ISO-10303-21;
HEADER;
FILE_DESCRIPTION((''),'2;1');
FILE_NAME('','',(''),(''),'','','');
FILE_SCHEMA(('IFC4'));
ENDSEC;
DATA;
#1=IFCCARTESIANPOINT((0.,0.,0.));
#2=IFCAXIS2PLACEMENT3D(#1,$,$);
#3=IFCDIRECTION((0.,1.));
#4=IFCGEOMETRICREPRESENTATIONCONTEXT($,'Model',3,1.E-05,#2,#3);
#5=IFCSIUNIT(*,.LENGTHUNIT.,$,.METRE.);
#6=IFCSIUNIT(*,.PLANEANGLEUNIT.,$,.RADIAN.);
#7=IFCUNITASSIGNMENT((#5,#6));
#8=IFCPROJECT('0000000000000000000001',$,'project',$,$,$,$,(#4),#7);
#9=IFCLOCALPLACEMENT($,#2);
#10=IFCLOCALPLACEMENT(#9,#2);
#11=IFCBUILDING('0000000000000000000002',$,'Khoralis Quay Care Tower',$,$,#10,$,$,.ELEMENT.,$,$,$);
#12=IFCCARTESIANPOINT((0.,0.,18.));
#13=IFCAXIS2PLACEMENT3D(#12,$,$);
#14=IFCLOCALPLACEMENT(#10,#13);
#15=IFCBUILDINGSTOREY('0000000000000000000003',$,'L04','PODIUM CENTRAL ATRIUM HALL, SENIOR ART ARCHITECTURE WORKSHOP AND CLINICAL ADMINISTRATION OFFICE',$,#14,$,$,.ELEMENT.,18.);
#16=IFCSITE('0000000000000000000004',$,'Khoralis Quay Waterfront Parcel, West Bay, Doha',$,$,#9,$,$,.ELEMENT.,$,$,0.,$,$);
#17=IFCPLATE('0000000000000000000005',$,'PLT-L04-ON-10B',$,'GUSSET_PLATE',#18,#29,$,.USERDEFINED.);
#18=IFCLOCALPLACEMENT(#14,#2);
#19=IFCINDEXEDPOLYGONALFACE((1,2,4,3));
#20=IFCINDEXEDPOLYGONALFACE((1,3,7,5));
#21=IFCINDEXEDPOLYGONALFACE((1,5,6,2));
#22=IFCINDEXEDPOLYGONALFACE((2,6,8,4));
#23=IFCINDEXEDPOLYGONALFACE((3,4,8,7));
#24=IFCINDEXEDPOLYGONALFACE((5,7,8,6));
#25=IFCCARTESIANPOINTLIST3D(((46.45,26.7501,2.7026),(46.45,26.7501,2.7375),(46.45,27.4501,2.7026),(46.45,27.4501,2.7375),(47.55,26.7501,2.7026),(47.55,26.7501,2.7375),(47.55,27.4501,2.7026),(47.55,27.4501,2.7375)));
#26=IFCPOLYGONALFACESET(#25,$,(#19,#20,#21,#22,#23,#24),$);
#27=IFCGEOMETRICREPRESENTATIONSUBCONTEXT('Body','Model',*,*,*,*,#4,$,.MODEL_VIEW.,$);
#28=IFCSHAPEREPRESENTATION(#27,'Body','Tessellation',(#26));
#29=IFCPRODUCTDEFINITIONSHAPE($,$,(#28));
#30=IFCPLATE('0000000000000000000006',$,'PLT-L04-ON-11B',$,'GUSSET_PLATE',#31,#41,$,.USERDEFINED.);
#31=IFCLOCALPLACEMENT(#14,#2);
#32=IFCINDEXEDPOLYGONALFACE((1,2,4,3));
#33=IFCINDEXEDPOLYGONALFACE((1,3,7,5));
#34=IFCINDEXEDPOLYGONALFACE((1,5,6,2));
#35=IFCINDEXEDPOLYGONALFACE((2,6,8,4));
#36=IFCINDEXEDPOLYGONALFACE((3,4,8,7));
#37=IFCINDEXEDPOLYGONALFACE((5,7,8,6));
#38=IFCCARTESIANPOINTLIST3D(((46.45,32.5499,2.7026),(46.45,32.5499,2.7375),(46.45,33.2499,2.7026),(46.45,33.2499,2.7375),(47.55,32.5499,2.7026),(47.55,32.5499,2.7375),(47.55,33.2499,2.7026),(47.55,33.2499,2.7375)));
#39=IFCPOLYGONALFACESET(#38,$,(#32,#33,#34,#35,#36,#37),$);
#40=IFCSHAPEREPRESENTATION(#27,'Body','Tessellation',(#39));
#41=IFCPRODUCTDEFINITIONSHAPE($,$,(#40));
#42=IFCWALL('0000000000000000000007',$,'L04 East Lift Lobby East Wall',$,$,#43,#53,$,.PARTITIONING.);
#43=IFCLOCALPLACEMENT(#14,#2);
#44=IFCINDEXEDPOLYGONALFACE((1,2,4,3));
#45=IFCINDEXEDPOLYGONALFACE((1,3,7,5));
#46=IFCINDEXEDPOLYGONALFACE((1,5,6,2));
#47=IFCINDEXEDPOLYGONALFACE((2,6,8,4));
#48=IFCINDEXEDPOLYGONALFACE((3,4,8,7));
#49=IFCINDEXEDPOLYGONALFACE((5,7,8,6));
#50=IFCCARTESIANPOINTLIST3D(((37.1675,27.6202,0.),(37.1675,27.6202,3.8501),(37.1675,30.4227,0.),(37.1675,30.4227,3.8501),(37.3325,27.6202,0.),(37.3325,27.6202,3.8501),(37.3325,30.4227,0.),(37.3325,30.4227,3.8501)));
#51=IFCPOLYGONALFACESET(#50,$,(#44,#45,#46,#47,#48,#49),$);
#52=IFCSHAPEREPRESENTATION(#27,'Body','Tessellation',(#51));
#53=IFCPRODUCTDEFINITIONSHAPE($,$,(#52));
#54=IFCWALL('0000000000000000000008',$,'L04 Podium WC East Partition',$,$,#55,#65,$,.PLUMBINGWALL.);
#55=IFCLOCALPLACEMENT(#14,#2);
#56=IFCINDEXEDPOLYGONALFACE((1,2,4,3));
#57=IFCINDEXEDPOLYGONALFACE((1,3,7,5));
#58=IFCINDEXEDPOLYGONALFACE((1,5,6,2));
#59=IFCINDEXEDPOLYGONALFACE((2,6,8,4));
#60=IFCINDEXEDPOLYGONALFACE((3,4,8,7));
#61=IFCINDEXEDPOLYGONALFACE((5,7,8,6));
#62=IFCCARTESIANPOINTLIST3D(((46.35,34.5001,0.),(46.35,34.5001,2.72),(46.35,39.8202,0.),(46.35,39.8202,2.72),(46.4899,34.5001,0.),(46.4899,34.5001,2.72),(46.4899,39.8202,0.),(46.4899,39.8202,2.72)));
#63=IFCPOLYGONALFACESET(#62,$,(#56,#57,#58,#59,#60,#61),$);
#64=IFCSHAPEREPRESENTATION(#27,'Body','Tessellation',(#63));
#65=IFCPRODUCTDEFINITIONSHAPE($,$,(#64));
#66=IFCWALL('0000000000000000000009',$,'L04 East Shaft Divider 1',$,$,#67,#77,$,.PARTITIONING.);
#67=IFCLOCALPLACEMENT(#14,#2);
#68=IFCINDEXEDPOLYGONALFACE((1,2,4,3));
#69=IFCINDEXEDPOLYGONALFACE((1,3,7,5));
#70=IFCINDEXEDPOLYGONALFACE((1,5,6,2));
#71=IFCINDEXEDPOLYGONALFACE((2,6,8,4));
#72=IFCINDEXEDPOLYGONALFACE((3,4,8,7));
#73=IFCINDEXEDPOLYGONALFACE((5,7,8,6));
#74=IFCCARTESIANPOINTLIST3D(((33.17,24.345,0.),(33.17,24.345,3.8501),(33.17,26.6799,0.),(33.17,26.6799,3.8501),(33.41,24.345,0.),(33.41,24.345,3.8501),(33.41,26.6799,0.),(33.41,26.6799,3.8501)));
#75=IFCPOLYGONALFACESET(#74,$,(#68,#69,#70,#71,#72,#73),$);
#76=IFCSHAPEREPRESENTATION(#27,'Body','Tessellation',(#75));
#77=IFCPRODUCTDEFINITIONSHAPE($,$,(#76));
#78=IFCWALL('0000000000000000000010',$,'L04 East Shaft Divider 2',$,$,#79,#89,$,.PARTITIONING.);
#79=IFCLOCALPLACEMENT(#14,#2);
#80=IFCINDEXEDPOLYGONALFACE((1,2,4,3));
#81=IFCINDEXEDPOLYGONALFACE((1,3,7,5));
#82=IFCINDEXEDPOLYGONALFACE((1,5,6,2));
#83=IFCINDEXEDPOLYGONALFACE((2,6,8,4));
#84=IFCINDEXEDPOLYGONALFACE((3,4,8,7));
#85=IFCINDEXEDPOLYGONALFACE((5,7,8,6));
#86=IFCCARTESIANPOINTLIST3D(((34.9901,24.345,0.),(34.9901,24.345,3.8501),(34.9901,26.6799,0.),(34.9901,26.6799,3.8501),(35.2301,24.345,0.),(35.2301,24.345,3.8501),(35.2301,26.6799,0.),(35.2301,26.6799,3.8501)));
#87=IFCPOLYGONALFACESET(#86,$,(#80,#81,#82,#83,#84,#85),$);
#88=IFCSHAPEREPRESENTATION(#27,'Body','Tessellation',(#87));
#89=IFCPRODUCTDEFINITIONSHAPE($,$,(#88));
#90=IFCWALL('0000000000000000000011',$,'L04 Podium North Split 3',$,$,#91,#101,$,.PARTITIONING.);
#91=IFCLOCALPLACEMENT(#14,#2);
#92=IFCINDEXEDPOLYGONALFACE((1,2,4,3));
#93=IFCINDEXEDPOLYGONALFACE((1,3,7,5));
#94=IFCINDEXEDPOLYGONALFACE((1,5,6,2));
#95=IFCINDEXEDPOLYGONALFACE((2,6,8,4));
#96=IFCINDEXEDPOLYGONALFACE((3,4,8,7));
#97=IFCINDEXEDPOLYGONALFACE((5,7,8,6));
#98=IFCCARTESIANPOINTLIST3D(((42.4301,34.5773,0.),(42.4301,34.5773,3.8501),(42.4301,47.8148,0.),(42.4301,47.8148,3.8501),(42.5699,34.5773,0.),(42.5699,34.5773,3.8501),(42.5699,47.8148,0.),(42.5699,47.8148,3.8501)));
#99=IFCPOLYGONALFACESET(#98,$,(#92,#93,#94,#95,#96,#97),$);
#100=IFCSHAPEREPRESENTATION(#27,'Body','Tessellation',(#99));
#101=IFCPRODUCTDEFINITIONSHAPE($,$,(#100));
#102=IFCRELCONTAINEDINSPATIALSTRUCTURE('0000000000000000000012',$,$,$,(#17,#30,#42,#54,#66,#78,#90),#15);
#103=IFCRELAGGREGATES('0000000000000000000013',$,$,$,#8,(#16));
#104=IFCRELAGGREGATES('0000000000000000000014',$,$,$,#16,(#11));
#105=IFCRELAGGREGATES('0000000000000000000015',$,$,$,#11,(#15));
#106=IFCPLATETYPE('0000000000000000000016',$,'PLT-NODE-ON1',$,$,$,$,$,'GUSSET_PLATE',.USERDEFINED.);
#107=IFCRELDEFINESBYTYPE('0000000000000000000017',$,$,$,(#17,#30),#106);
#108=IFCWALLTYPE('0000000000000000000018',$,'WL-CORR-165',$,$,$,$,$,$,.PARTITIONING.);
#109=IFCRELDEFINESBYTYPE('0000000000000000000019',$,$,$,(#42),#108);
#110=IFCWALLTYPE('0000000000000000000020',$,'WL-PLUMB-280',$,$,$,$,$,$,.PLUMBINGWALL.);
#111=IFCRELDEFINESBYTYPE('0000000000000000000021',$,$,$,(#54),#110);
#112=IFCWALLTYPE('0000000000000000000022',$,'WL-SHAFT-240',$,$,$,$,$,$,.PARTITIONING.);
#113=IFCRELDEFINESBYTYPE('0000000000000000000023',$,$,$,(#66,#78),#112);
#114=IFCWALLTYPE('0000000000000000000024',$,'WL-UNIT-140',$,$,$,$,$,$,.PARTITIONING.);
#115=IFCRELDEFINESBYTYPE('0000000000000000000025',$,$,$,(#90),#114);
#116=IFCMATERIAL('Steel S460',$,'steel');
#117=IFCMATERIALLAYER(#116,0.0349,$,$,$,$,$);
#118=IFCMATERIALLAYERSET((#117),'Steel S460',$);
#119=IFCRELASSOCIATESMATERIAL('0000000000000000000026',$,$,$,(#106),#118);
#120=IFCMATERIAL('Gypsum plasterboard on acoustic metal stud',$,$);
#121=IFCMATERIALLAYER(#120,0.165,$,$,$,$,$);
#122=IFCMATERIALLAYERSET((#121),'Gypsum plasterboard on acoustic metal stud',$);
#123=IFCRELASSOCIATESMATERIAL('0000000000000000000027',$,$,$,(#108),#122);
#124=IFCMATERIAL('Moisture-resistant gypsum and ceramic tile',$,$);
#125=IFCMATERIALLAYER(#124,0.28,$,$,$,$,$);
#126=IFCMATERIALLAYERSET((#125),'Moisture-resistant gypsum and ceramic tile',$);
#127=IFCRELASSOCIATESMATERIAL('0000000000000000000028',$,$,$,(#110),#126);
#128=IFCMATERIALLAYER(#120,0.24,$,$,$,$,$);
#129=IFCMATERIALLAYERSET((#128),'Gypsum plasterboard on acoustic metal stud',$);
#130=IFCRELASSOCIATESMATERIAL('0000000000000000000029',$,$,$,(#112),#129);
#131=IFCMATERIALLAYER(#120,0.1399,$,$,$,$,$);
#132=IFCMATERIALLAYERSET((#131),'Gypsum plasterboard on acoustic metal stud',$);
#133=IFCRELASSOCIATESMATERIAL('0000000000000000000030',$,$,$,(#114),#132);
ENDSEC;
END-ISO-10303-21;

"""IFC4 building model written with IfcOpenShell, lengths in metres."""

from ifc_helpers import new_model, si_unit, direction, frame, frame_2d, origin, origin_2d, place, context, subcontext, project, spatial, rectangle, extrude, source, transform, mapped, material, layer, layer_set, type_object, element, save


model = new_model("IFC4")

# Units and contexts
model_context = context("Model", 3, precision=1e-05, world=origin(), true_north=direction((0.0, 1.0)))
body_context = subcontext(model_context, "Body", "Model", "MODEL_VIEW")
ifc_project = project(units=[si_unit("LENGTHUNIT", "METRE"), si_unit("PLANEANGLEUNIT", "RADIAN")], contexts=[model_context])

# Site, building, storey
site_placement = place(None, origin())
site = spatial("IfcSite", under=ifc_project, at=site_placement, Name="Khoralis Quay Waterfront Parcel, West Bay, Doha", CompositionType="ELEMENT", RefElevation=0.0)
building_placement = place(site_placement, origin())
building = spatial("IfcBuilding", under=site, at=building_placement, Name="Khoralis Quay Care Tower", CompositionType="ELEMENT")
storey_placement = place(building_placement, frame((0.0, 0.0, 18.0)))
storey = spatial("IfcBuildingStorey", under=building, at=storey_placement, Name="L04", Description="PODIUM CENTRAL ATRIUM HALL, SENIOR ART ARCHITECTURE WORKSHOP AND CLINICAL ADMINISTRATION OFFICE", CompositionType="ELEMENT", Elevation=18.0)

# Shared definitions
ifc_material_1 = material(Name="Steel S460", Category="steel")

# Plates
ifc_layer_1 = layer(ifc_material_1, 0.0349)
ifc_layer_set_1 = layer_set([ifc_layer_1], Name="Steel S460")
plate_type_1 = type_object("IfcPlateType", Name="PLT-NODE-ON1", ElementType="GUSSET_PLATE", PredefinedType="USERDEFINED", material=ifc_layer_set_1)
shared_shape_1 = source(origin(), body_context, "Body", "SweptSolid", [
    extrude(rectangle(XDim=1.1001, YDim=0.7, at=origin_2d()), origin(), (0.0, 0.0, 1.0), 0.0349),
])
for number, where, z_axis, x_axis, name in (
    (1, (47.0, 27.1001, 2.7026), (0.0, 0.0, 1.0), (1.0, 0.0, 0.0), "PLT-L04-ON-10B"),
    (2, (47.0, 32.8999, 2.7026), (0.0, 0.0, 1.0), (1.0, 0.0, 0.0), "PLT-L04-ON-11B"),
):
    element("IfcPlate", number, at=place(storey_placement, frame(where, z_axis=z_axis, x_axis=x_axis)), inside=storey, type_object=plate_type_1, Name=name, ObjectType="GUSSET_PLATE", PredefinedType="USERDEFINED", context=body_context, shape_type="MappedRepresentation", body=[
        mapped(shared_shape_1, transform((0.0, 0.0, 0.0), scale=1.0)),
    ])

# Walls
ifc_material_2 = material(Name="Gypsum plasterboard on acoustic metal stud")
ifc_layer_2 = layer(ifc_material_2, 0.165)
ifc_layer_set_2 = layer_set([ifc_layer_2], Name="Gypsum plasterboard on acoustic metal stud")
wall_type_1 = type_object("IfcWallType", Name="WL-CORR-165", PredefinedType="PARTITIONING", material=ifc_layer_set_2)
wall_1_placement = place(storey_placement, frame((37.25, 27.6201, 0.0), z_axis=(0.0, 0.0, 1.0), x_axis=(0.0, 1.0, 0.0)))
element("IfcWall", 3, at=wall_1_placement, inside=storey, type_object=wall_type_1, Name="L04 East Lift Lobby East Wall", PredefinedType="PARTITIONING", context=body_context, shape_type="SweptSolid", body=[
    extrude(rectangle(XDim=2.8025, YDim=0.165, at=frame_2d((1.4014, 0.0))), origin(), (0.0, 0.0, 1.0), 3.8501),
])
ifc_material_3 = material(Name="Moisture-resistant gypsum and ceramic tile")
ifc_layer_3 = layer(ifc_material_3, 0.28)
ifc_layer_set_3 = layer_set([ifc_layer_3], Name="Moisture-resistant gypsum and ceramic tile")
wall_type_2 = type_object("IfcWallType", Name="WL-PLUMB-280", PredefinedType="PLUMBINGWALL", material=ifc_layer_set_3)
wall_2_placement = place(storey_placement, frame((46.4199, 34.5, 0.0), z_axis=(0.0, 0.0, 1.0), x_axis=(0.0, 1.0, 0.0)))
element("IfcWall", 4, at=wall_2_placement, inside=storey, type_object=wall_type_2, Name="L04 Podium WC East Partition", PredefinedType="PLUMBINGWALL", context=body_context, shape_type="SweptSolid", body=[
    extrude(rectangle(XDim=5.3201, YDim=0.1399, at=frame_2d((2.6602, 0.0))), origin(), (0.0, 0.0, 1.0), 2.72),
])
ifc_layer_4 = layer(ifc_material_2, 0.24)
ifc_layer_set_4 = layer_set([ifc_layer_4], Name="Gypsum plasterboard on acoustic metal stud")
wall_type_3 = type_object("IfcWallType", Name="WL-SHAFT-240", PredefinedType="PARTITIONING", material=ifc_layer_set_4)
for number, where, z_axis, x_axis, name in (
    (5, (33.29, 24.345, 0.0), (0.0, 0.0, 1.0), (0.0, 1.0, 0.0), "L04 East Shaft Divider 1"),
    (6, (35.1101, 24.345, 0.0), (0.0, 0.0, 1.0), (0.0, 1.0, 0.0), "L04 East Shaft Divider 2"),
):
    element("IfcWall", number, at=place(storey_placement, frame(where, z_axis=z_axis, x_axis=x_axis)), inside=storey, type_object=wall_type_3, Name=name, PredefinedType="PARTITIONING", context=body_context, shape_type="SweptSolid", body=[
        extrude(rectangle(XDim=2.335, YDim=0.24, at=frame_2d((1.1675, 0.0))), origin(), (0.0, 0.0, 1.0), 3.8501),
    ])
ifc_layer_5 = layer(ifc_material_2, 0.1399)
ifc_layer_set_5 = layer_set([ifc_layer_5], Name="Gypsum plasterboard on acoustic metal stud")
wall_type_4 = type_object("IfcWallType", Name="WL-UNIT-140", PredefinedType="PARTITIONING", material=ifc_layer_set_5)
wall_3_placement = place(storey_placement, frame((42.5, 34.5774, 0.0), z_axis=(0.0, 0.0, 1.0), x_axis=(0.0, 1.0, 0.0)))
element("IfcWall", 7, at=wall_3_placement, inside=storey, type_object=wall_type_4, Name="L04 Podium North Split 3", PredefinedType="PARTITIONING", context=body_context, shape_type="SweptSolid", body=[
    extrude(rectangle(XDim=13.2375, YDim=0.1399, at=frame_2d((6.6187, 0.0))), origin(), (0.0, 0.0, 1.0), 3.8501),
])

save(model, "model.ifc")
